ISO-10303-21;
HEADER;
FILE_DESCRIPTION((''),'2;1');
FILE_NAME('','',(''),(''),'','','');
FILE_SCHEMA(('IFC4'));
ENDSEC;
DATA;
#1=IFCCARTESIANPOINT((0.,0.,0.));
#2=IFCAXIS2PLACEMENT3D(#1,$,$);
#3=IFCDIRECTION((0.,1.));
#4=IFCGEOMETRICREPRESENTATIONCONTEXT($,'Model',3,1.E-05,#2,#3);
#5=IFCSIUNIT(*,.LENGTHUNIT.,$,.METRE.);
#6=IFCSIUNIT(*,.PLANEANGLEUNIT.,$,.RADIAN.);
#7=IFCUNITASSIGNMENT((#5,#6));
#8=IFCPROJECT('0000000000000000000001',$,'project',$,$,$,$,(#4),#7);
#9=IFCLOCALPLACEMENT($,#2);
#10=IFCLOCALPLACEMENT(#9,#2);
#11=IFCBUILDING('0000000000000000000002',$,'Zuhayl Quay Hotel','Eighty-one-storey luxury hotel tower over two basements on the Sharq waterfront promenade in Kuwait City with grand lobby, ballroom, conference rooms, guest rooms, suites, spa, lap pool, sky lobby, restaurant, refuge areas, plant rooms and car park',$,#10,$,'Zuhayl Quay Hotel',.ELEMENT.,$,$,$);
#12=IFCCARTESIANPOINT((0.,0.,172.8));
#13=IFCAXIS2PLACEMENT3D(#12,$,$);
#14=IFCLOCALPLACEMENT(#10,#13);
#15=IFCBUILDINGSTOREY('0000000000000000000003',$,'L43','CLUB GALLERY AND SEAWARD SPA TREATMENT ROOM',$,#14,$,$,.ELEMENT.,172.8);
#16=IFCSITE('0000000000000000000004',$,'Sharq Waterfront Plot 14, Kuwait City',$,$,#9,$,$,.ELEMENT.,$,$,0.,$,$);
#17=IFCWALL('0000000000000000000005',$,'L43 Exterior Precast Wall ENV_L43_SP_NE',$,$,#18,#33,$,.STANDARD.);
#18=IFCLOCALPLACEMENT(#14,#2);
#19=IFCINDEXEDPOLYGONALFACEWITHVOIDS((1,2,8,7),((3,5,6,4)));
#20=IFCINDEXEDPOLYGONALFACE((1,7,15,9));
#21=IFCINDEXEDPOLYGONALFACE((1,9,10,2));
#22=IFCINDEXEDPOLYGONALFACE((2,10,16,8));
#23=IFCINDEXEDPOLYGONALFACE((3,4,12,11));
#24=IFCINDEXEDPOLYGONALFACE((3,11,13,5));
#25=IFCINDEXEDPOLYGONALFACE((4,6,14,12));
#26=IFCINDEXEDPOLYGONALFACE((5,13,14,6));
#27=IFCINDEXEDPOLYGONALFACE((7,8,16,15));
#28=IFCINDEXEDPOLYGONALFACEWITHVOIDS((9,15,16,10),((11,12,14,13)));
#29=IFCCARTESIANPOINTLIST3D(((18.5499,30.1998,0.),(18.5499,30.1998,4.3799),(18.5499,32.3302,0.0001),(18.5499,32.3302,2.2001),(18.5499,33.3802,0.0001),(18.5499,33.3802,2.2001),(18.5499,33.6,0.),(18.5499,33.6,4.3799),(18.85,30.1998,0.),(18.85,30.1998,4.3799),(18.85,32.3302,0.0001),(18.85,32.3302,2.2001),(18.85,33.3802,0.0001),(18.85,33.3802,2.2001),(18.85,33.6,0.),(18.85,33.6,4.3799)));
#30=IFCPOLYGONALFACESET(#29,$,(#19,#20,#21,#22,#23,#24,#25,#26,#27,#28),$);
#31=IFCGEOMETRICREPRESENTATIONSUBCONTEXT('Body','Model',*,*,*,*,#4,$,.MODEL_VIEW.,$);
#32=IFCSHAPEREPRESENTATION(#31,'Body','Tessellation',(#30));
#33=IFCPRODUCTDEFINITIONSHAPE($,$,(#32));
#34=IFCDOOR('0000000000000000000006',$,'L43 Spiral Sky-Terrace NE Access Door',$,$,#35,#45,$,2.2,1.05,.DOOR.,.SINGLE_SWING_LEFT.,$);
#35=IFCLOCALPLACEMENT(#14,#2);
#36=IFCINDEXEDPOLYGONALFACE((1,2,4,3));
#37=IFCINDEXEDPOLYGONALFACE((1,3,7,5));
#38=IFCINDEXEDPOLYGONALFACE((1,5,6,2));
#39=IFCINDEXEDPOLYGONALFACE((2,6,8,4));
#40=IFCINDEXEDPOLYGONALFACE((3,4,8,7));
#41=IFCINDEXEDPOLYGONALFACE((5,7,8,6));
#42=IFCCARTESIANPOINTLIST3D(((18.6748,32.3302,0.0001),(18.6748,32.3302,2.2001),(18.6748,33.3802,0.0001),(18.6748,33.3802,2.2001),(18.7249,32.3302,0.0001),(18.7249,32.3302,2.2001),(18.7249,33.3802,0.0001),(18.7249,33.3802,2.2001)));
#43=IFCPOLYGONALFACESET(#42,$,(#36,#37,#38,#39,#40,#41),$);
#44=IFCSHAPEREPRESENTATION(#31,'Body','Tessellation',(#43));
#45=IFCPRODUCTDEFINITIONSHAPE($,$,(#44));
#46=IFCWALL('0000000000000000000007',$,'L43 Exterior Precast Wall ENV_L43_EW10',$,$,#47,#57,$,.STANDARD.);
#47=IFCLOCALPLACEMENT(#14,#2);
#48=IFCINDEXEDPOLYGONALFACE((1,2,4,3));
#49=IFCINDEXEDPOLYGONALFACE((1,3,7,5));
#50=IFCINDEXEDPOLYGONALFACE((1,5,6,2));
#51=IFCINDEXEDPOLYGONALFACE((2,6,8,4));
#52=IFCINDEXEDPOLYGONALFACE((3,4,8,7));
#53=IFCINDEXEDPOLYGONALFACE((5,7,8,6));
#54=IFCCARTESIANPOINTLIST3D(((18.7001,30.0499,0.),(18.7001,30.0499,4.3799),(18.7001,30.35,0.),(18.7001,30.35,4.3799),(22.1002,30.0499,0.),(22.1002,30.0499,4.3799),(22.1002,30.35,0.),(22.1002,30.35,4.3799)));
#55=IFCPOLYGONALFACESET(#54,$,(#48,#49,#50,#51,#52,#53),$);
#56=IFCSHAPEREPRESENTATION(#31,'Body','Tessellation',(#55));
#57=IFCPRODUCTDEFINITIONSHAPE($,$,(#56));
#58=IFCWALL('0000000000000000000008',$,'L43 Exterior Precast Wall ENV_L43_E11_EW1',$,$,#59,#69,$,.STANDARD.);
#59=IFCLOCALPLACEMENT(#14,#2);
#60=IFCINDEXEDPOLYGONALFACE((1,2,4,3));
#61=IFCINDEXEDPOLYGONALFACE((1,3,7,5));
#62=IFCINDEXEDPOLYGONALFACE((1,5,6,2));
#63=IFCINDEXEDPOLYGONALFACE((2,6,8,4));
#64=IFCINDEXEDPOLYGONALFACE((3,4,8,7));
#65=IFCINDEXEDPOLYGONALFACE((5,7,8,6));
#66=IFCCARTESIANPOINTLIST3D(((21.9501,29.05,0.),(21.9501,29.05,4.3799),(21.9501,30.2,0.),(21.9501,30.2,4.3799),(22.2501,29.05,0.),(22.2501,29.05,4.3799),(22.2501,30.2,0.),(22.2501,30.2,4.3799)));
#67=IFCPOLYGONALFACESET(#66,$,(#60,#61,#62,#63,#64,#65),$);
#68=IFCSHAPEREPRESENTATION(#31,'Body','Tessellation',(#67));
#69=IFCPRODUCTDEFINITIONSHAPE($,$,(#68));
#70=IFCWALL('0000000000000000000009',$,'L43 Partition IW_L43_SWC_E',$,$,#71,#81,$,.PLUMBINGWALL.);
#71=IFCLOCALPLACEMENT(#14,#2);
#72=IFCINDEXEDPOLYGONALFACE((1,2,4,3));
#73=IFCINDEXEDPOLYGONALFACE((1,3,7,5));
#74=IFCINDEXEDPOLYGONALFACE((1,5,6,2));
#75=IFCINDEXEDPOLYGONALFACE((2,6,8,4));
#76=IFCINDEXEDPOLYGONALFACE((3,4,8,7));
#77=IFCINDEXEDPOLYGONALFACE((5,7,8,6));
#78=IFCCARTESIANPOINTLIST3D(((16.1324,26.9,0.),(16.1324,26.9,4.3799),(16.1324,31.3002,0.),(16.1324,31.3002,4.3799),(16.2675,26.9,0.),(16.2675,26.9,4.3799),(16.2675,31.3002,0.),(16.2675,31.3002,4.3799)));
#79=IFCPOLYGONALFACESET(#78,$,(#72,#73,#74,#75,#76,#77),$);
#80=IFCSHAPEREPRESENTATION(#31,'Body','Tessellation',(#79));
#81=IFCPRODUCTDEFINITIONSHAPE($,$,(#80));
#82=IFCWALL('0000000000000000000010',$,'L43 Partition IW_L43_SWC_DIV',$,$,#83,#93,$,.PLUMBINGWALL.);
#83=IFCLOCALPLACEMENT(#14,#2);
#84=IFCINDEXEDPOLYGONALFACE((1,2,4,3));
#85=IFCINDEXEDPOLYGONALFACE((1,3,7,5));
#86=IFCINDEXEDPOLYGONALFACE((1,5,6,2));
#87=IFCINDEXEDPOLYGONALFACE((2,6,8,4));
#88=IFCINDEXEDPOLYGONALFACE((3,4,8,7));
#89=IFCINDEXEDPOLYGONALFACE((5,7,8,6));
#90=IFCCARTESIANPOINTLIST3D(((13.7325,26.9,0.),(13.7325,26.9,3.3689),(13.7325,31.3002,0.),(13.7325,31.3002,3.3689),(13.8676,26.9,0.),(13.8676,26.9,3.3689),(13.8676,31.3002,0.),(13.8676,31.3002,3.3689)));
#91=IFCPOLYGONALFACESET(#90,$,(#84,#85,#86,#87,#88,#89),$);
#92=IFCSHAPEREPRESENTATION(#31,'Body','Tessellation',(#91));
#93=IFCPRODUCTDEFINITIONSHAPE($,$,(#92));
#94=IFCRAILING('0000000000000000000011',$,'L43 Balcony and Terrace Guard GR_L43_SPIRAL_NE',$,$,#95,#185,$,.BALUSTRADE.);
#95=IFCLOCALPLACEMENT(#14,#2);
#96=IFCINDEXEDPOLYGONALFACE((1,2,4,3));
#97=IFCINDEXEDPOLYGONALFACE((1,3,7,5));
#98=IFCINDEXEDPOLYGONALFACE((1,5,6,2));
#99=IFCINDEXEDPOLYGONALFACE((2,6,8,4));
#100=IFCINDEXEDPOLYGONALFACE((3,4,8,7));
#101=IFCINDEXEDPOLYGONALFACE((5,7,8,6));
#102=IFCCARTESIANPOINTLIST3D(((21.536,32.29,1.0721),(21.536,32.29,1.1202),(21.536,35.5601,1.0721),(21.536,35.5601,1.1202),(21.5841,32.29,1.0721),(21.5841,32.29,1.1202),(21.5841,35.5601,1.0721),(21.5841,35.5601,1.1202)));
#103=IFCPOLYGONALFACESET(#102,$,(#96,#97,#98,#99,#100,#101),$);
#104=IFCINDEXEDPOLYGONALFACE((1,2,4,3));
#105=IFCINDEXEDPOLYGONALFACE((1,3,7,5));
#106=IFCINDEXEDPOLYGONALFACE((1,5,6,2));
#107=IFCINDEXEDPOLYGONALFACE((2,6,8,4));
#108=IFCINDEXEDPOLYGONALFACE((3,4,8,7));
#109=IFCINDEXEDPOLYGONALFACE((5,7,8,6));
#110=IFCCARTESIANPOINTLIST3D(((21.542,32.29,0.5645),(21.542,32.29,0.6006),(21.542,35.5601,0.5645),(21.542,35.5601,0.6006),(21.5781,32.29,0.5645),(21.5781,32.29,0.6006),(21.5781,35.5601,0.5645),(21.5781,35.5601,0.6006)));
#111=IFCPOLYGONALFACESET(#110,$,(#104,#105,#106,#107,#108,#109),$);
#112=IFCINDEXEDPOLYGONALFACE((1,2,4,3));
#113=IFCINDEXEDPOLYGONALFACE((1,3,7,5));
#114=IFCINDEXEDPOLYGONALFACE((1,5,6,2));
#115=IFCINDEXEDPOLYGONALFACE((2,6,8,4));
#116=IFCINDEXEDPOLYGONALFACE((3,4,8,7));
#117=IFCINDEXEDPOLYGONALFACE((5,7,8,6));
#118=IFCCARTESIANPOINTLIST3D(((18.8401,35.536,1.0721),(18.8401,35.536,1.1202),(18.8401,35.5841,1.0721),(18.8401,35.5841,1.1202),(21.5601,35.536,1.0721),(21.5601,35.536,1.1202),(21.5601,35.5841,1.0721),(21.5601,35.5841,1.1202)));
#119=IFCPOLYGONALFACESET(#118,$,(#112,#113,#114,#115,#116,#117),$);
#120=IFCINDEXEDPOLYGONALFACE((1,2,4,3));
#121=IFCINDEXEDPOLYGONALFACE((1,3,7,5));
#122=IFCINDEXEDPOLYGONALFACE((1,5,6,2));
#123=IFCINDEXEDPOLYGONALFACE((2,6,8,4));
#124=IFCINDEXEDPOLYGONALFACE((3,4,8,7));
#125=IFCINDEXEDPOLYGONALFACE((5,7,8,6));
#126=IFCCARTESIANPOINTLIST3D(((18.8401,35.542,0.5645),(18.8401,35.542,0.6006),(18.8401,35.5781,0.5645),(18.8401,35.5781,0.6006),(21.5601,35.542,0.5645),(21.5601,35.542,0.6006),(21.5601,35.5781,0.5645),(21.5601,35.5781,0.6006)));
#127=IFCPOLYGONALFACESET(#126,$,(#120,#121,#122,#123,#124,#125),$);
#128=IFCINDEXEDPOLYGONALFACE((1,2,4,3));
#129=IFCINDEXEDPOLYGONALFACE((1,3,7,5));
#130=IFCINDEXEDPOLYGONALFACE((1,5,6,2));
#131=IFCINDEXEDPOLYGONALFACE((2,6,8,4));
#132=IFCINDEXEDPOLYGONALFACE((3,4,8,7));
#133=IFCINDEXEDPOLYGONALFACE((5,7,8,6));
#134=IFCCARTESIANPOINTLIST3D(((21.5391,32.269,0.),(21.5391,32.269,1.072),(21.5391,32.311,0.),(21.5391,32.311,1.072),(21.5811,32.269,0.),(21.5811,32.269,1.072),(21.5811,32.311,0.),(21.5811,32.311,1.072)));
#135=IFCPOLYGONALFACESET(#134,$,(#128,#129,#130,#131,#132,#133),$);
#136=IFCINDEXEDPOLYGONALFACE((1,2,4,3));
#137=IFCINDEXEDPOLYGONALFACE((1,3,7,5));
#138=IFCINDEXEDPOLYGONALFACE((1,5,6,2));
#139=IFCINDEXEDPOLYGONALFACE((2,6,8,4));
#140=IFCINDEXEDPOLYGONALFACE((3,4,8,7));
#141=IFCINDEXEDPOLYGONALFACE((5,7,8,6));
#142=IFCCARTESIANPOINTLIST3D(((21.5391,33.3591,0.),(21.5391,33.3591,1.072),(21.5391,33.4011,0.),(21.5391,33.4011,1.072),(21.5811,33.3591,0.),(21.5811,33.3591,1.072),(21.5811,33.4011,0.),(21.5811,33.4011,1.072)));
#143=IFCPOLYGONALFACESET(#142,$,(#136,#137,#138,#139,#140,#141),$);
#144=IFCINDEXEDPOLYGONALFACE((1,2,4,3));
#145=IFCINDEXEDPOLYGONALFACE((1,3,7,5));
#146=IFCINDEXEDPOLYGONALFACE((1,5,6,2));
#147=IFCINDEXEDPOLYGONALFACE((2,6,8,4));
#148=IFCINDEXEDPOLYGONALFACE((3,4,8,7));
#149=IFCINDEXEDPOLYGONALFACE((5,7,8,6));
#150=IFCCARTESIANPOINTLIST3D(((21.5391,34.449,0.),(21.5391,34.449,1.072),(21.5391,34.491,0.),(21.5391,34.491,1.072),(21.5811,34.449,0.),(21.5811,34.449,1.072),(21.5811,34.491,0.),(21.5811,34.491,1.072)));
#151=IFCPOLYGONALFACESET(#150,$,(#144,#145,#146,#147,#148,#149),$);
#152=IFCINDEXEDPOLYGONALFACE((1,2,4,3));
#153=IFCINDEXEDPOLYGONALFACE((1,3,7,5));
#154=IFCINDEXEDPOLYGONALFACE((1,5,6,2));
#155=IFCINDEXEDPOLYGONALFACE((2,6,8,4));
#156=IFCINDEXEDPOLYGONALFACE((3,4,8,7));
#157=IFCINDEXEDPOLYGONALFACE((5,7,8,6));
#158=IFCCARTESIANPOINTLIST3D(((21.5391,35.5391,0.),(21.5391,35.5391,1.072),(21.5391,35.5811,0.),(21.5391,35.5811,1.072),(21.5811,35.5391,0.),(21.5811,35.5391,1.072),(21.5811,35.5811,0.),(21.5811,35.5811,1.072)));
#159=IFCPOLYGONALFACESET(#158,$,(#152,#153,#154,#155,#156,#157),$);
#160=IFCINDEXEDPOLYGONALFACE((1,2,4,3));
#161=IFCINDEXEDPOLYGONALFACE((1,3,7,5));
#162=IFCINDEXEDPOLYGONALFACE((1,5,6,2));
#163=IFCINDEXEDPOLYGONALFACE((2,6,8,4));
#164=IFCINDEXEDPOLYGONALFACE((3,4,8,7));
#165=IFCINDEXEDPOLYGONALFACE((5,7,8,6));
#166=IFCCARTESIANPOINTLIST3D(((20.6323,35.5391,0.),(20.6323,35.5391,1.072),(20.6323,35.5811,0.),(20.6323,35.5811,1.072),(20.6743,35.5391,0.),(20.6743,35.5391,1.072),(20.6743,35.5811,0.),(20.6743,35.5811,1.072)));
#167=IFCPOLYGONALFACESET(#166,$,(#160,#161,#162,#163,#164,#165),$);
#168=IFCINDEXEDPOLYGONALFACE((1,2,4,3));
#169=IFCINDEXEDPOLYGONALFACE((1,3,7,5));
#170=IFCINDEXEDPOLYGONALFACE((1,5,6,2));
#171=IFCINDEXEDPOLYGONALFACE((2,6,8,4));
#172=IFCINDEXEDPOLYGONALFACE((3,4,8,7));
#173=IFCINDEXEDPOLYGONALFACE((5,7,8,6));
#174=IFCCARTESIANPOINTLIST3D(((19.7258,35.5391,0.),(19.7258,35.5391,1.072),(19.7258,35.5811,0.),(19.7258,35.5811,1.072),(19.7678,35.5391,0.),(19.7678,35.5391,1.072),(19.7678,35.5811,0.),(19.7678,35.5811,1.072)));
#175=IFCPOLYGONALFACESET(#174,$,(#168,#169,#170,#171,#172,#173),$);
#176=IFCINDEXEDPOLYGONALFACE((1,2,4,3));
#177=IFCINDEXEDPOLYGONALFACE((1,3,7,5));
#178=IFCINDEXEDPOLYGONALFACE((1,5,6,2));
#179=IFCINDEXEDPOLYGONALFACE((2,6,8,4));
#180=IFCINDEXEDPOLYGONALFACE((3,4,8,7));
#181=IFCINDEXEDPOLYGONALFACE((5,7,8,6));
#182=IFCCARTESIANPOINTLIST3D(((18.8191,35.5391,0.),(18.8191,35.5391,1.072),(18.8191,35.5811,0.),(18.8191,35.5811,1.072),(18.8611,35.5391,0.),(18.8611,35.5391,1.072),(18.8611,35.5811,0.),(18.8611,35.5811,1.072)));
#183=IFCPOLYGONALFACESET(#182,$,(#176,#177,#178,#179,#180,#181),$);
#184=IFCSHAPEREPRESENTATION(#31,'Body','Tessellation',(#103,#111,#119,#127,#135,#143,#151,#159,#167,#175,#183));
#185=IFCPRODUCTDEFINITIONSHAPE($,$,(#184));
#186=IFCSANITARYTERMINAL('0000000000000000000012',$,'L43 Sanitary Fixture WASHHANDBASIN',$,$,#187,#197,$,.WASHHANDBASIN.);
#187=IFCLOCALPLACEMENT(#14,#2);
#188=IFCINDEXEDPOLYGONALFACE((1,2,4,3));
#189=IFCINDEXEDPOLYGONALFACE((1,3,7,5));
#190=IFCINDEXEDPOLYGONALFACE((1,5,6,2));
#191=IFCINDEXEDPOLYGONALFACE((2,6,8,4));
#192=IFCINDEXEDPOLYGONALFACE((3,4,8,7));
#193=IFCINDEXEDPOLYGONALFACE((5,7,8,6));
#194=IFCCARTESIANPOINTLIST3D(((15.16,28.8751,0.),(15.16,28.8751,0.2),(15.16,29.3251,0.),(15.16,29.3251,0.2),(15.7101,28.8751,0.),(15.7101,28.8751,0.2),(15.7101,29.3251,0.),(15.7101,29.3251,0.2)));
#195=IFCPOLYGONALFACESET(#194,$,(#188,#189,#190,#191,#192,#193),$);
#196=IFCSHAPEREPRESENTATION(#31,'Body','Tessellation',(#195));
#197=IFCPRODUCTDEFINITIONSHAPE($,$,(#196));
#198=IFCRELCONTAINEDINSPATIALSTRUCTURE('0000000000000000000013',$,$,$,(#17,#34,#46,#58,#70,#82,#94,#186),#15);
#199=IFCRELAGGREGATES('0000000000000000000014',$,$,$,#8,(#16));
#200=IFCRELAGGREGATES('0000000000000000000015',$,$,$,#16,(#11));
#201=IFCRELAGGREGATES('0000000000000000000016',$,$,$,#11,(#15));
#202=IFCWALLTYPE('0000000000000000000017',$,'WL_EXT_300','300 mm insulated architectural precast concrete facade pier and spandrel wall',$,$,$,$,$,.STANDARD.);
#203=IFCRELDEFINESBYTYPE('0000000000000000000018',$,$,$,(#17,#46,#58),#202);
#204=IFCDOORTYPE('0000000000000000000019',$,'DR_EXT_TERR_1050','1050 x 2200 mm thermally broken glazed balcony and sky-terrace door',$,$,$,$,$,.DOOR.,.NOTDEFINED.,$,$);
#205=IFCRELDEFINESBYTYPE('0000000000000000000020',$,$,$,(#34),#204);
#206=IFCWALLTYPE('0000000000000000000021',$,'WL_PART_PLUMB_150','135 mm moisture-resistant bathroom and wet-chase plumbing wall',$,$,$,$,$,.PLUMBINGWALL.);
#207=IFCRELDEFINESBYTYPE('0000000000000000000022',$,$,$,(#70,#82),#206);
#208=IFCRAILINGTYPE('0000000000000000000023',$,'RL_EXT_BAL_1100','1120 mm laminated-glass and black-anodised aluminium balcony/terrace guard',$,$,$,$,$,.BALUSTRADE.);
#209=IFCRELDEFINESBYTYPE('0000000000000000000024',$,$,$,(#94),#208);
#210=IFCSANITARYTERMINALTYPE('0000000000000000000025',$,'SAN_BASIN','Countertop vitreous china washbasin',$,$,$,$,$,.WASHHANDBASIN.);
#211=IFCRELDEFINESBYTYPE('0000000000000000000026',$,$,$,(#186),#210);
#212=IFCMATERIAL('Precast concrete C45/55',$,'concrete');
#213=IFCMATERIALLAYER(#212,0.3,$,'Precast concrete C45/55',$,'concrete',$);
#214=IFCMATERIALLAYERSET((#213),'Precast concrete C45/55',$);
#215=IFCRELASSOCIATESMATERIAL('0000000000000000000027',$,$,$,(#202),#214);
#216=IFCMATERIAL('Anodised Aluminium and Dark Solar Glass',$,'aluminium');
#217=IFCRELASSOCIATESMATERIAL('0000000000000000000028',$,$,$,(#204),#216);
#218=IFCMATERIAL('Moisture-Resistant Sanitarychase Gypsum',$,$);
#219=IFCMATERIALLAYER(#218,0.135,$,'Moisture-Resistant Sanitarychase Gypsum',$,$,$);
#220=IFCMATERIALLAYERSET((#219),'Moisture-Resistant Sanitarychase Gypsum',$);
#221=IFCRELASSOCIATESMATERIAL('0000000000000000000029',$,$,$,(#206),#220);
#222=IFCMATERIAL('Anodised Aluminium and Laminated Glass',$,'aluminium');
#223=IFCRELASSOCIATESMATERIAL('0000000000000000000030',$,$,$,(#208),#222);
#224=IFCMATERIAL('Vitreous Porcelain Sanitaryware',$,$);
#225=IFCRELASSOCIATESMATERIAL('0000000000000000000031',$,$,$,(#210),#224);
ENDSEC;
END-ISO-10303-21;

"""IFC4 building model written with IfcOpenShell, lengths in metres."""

from ifc_helpers import new_model, si_unit, direction, frame, frame_2d, origin, origin_2d, place, context, subcontext, project, spatial, rectangle, extrude, material, layer, layer_set, type_object, element, fill, save


model = new_model("IFC4")

# Units and contexts
model_context = context("Model", 3, precision=1e-05, world=origin(), true_north=direction((0.0, 1.0)))
body_context = subcontext(model_context, "Body", "Model", "MODEL_VIEW")
ifc_project = project(units=[si_unit("LENGTHUNIT", "METRE"), si_unit("PLANEANGLEUNIT", "RADIAN")], contexts=[model_context])

# Site, building, storey
site_placement = place(None, origin())
site = spatial("IfcSite", under=ifc_project, at=site_placement, Name="Sharq Waterfront Plot 14, Kuwait City", CompositionType="ELEMENT", RefElevation=0.0)
building_placement = place(site_placement, origin())
building = spatial("IfcBuilding", under=site, at=building_placement, Name="Zuhayl Quay Hotel", Description="Eighty-one-storey luxury hotel tower over two basements on the Sharq waterfront promenade in Kuwait City with grand lobby, ballroom, conference rooms, guest rooms, suites, spa, lap pool, sky lobby, restaurant, refuge areas, plant rooms and car park", LongName="Zuhayl Quay Hotel", CompositionType="ELEMENT")
storey_placement = place(building_placement, frame((0.0, 0.0, 172.8)))
storey = spatial("IfcBuildingStorey", under=building, at=storey_placement, Name="L43", Description="CLUB GALLERY AND SEAWARD SPA TREATMENT ROOM", CompositionType="ELEMENT", Elevation=172.8)

# Shared definitions
ifc_material_1 = material(Name="Precast concrete C45/55", Category="concrete")
ifc_layer_1 = layer(ifc_material_1, 0.3, Name="Precast concrete C45/55", Category="concrete")
ifc_layer_set_1 = layer_set([ifc_layer_1], Name="Precast concrete C45/55")
wall_type_1 = type_object("IfcWallType", Name="WL_EXT_300", Description="300 mm insulated architectural precast concrete facade pier and spandrel wall", PredefinedType="STANDARD", material=ifc_layer_set_1)

# Wall, opening, door
wall_1_placement = place(storey_placement, frame((18.7, 33.6001, 0.0), z_axis=(0.0, 0.0, 1.0), x_axis=(0.0, -1.0, 0.0)))
wall_1 = element("IfcWall", 1, at=wall_1_placement, inside=storey, type_object=wall_type_1, Name="L43 Exterior Precast Wall ENV_L43_SP_NE", PredefinedType="STANDARD", context=body_context, shape_type="SweptSolid", body=[
    extrude(rectangle(XDim=3.4001, YDim=0.3, at=frame_2d((1.7002, 0.0))), origin(), (0.0, 0.0, 1.0), 4.3799),
])
opening_1_placement = place(wall_1_placement, frame((0.22, 0.0, 0.0)))
opening_1 = element("IfcOpeningElement", 2, at=opening_1_placement, cuts=wall_1, PredefinedType="OPENING", context=body_context, shape_type="SweptSolid", body=[
    extrude(rectangle(XDim=1.05, YDim=2.2, at=frame_2d((0.5249, 1.1001))), frame((0.0, 0.1599, 0.0), z_axis=(0.0, -1.0, 0.0), x_axis=(1.0, 0.0, 0.0)), (0.0, 0.0, 1.0), 0.3201),
])
ifc_material_2 = material(Name="Anodised Aluminium and Dark Solar Glass", Category="aluminium")
door_type_1 = type_object("IfcDoorType", Name="DR_EXT_TERR_1050", Description="1050 x 2200 mm thermally broken glazed balcony and sky-terrace door", OperationType="NOTDEFINED", PredefinedType="DOOR", material=ifc_material_2)
door_1_placement = place(opening_1_placement, origin())
door_1 = element("IfcDoor", 3, at=door_1_placement, inside=storey, type_object=door_type_1, Name="L43 Spiral Sky-Terrace NE Access Door", OperationType="SINGLE_SWING_LEFT", OverallHeight=2.2, OverallWidth=1.05, PredefinedType="DOOR", context=body_context, shape_type="SweptSolid", body=[
    extrude(rectangle(XDim=1.05, YDim=2.2, at=frame_2d((0.5249, 1.1001))), frame((0.0, 0.0249, 0.0), z_axis=(0.0, -1.0, 0.0), x_axis=(1.0, 0.0, 0.0)), (0.0, 0.0, 1.0), 0.05),
])
fill(opening_1, door_1)

# Walls
wall_2_placement = place(storey_placement, frame((18.7, 30.2, 0.0), z_axis=(0.0, 0.0, 1.0), x_axis=(1.0, 0.0, 0.0)))
element("IfcWall", 4, at=wall_2_placement, inside=storey, type_object=wall_type_1, Name="L43 Exterior Precast Wall ENV_L43_EW10", PredefinedType="STANDARD", context=body_context, shape_type="SweptSolid", body=[
    extrude(rectangle(XDim=3.4001, YDim=0.3, at=frame_2d((1.7002, 0.0))), origin(), (0.0, 0.0, 1.0), 4.3799),
])
wall_3_placement = place(storey_placement, frame((22.1001, 30.2, 0.0), z_axis=(0.0, 0.0, 1.0), x_axis=(0.0, -1.0, 0.0)))
element("IfcWall", 5, at=wall_3_placement, inside=storey, type_object=wall_type_1, Name="L43 Exterior Precast Wall ENV_L43_E11_EW1", PredefinedType="STANDARD", context=body_context, shape_type="SweptSolid", body=[
    extrude(rectangle(XDim=1.1499, YDim=0.3, at=frame_2d((0.575, 0.0))), origin(), (0.0, 0.0, 1.0), 4.3799),
])

# Shared definitions
ifc_material_3 = material(Name="Moisture-Resistant Sanitarychase Gypsum")
ifc_layer_2 = layer(ifc_material_3, 0.135, Name="Moisture-Resistant Sanitarychase Gypsum")
ifc_layer_set_2 = layer_set([ifc_layer_2], Name="Moisture-Resistant Sanitarychase Gypsum")
wall_type_2 = type_object("IfcWallType", Name="WL_PART_PLUMB_150", Description="135 mm moisture-resistant bathroom and wet-chase plumbing wall", PredefinedType="PLUMBINGWALL", material=ifc_layer_set_2)

# Walls
wall_4_placement = place(storey_placement, frame((16.2, 26.8999, 0.0), z_axis=(0.0, 0.0, 1.0), x_axis=(0.0, 1.0, 0.0)))
element("IfcWall", 6, at=wall_4_placement, inside=storey, type_object=wall_type_2, Name="L43 Partition IW_L43_SWC_E", PredefinedType="PLUMBINGWALL", context=body_context, shape_type="SweptSolid", body=[
    extrude(rectangle(XDim=4.4001, YDim=0.135, at=frame_2d((2.2002, 0.0))), origin(), (0.0, 0.0, 1.0), 4.3799),
])
wall_5_placement = place(storey_placement, frame((13.8, 26.8999, 0.0), z_axis=(0.0, 0.0, 1.0), x_axis=(0.0, 1.0, 0.0)))
element("IfcWall", 7, at=wall_5_placement, inside=storey, type_object=wall_type_2, Name="L43 Partition IW_L43_SWC_DIV", PredefinedType="PLUMBINGWALL", context=body_context, shape_type="SweptSolid", body=[
    extrude(rectangle(XDim=4.4001, YDim=0.135, at=frame_2d((2.2002, 0.0))), origin(), (0.0, 0.0, 1.0), 3.3689),
])

# Railing
ifc_material_4 = material(Name="Anodised Aluminium and Laminated Glass", Category="aluminium")
railing_type = type_object("IfcRailingType", Name="RL_EXT_BAL_1100", Description="1120 mm laminated-glass and black-anodised aluminium balcony/terrace guard", PredefinedType="BALUSTRADE", material=ifc_material_4)
railing_placement = place(storey_placement, frame((21.5601, 32.29, 0.0)))
element("IfcRailing", 8, at=railing_placement, inside=storey, type_object=railing_type, Name="L43 Balcony and Terrace Guard GR_L43_SPIRAL_NE", PredefinedType="BALUSTRADE", context=body_context, shape_type="SweptSolid", body=[
    extrude(rectangle(XDim=0.0481, YDim=0.0481, at=origin_2d()), frame((0.0, 0.0, 1.0962), z_axis=(0.0, 1.0, 0.0), x_axis=(-1.0, 0.0, 0.0)), (0.0, 0.0, 1.0), 3.27),
    extrude(rectangle(XDim=0.0361, YDim=0.0361, at=origin_2d()), frame((0.0, 0.0, 0.5825), z_axis=(0.0, 1.0, 0.0), x_axis=(-1.0, 0.0, 0.0)), (0.0, 0.0, 1.0), 3.27),
    extrude(rectangle(XDim=0.0481, YDim=0.0481, at=origin_2d()), frame((0.0, 3.27, 1.0962), z_axis=(-1.0, 0.0, 0.0), x_axis=(0.0, -1.0, 0.0)), (0.0, 0.0, 1.0), 2.72),
    extrude(rectangle(XDim=0.0361, YDim=0.0361, at=origin_2d()), frame((0.0, 3.27, 0.5825), z_axis=(-1.0, 0.0, 0.0), x_axis=(0.0, -1.0, 0.0)), (0.0, 0.0, 1.0), 2.72),
    extrude(rectangle(XDim=0.042, YDim=0.042, at=origin_2d()), origin(), (0.0, 0.0, 1.0), 1.072),
    extrude(rectangle(XDim=0.042, YDim=0.042, at=origin_2d()), frame((0.0, 1.0901, 0.0)), (0.0, 0.0, 1.0), 1.072),
    extrude(rectangle(XDim=0.042, YDim=0.042, at=origin_2d()), frame((0.0, 2.1799, 0.0)), (0.0, 0.0, 1.0), 1.072),
    extrude(rectangle(XDim=0.042, YDim=0.042, at=origin_2d()), frame((0.0, 3.27, 0.0)), (0.0, 0.0, 1.0), 1.072),
    extrude(rectangle(XDim=0.042, YDim=0.042, at=origin_2d()), frame((-0.9067, 3.27, 0.0)), (0.0, 0.0, 1.0), 1.072),
    extrude(rectangle(XDim=0.042, YDim=0.042, at=origin_2d()), frame((-1.8132, 3.27, 0.0)), (0.0, 0.0, 1.0), 1.072),
    extrude(rectangle(XDim=0.042, YDim=0.042, at=origin_2d()), frame((-2.72, 3.27, 0.0)), (0.0, 0.0, 1.0), 1.072),
])

# Sanitary terminal
ifc_material_5 = material(Name="Vitreous Porcelain Sanitaryware")
sanitary_terminal_type_1 = type_object("IfcSanitaryTerminalType", Name="SAN_BASIN", Description="Countertop vitreous china washbasin", PredefinedType="WASHHANDBASIN", material=ifc_material_5)
sanitary_terminal_1_placement = place(storey_placement, frame((15.4351, 29.1001, 0.0), z_axis=(0.0, 0.0, 1.0), x_axis=(1.0, 0.0, 0.0)))
element("IfcSanitaryTerminal", 9, at=sanitary_terminal_1_placement, inside=storey, type_object=sanitary_terminal_type_1, Name="L43 Sanitary Fixture WASHHANDBASIN", PredefinedType="WASHHANDBASIN", context=body_context, shape_type="SweptSolid", body=[
    extrude(rectangle(XDim=0.55, YDim=0.45, at=origin_2d()), origin(), (0.0, 0.0, 1.0), 0.2),
])

save(model, "model.ifc")
